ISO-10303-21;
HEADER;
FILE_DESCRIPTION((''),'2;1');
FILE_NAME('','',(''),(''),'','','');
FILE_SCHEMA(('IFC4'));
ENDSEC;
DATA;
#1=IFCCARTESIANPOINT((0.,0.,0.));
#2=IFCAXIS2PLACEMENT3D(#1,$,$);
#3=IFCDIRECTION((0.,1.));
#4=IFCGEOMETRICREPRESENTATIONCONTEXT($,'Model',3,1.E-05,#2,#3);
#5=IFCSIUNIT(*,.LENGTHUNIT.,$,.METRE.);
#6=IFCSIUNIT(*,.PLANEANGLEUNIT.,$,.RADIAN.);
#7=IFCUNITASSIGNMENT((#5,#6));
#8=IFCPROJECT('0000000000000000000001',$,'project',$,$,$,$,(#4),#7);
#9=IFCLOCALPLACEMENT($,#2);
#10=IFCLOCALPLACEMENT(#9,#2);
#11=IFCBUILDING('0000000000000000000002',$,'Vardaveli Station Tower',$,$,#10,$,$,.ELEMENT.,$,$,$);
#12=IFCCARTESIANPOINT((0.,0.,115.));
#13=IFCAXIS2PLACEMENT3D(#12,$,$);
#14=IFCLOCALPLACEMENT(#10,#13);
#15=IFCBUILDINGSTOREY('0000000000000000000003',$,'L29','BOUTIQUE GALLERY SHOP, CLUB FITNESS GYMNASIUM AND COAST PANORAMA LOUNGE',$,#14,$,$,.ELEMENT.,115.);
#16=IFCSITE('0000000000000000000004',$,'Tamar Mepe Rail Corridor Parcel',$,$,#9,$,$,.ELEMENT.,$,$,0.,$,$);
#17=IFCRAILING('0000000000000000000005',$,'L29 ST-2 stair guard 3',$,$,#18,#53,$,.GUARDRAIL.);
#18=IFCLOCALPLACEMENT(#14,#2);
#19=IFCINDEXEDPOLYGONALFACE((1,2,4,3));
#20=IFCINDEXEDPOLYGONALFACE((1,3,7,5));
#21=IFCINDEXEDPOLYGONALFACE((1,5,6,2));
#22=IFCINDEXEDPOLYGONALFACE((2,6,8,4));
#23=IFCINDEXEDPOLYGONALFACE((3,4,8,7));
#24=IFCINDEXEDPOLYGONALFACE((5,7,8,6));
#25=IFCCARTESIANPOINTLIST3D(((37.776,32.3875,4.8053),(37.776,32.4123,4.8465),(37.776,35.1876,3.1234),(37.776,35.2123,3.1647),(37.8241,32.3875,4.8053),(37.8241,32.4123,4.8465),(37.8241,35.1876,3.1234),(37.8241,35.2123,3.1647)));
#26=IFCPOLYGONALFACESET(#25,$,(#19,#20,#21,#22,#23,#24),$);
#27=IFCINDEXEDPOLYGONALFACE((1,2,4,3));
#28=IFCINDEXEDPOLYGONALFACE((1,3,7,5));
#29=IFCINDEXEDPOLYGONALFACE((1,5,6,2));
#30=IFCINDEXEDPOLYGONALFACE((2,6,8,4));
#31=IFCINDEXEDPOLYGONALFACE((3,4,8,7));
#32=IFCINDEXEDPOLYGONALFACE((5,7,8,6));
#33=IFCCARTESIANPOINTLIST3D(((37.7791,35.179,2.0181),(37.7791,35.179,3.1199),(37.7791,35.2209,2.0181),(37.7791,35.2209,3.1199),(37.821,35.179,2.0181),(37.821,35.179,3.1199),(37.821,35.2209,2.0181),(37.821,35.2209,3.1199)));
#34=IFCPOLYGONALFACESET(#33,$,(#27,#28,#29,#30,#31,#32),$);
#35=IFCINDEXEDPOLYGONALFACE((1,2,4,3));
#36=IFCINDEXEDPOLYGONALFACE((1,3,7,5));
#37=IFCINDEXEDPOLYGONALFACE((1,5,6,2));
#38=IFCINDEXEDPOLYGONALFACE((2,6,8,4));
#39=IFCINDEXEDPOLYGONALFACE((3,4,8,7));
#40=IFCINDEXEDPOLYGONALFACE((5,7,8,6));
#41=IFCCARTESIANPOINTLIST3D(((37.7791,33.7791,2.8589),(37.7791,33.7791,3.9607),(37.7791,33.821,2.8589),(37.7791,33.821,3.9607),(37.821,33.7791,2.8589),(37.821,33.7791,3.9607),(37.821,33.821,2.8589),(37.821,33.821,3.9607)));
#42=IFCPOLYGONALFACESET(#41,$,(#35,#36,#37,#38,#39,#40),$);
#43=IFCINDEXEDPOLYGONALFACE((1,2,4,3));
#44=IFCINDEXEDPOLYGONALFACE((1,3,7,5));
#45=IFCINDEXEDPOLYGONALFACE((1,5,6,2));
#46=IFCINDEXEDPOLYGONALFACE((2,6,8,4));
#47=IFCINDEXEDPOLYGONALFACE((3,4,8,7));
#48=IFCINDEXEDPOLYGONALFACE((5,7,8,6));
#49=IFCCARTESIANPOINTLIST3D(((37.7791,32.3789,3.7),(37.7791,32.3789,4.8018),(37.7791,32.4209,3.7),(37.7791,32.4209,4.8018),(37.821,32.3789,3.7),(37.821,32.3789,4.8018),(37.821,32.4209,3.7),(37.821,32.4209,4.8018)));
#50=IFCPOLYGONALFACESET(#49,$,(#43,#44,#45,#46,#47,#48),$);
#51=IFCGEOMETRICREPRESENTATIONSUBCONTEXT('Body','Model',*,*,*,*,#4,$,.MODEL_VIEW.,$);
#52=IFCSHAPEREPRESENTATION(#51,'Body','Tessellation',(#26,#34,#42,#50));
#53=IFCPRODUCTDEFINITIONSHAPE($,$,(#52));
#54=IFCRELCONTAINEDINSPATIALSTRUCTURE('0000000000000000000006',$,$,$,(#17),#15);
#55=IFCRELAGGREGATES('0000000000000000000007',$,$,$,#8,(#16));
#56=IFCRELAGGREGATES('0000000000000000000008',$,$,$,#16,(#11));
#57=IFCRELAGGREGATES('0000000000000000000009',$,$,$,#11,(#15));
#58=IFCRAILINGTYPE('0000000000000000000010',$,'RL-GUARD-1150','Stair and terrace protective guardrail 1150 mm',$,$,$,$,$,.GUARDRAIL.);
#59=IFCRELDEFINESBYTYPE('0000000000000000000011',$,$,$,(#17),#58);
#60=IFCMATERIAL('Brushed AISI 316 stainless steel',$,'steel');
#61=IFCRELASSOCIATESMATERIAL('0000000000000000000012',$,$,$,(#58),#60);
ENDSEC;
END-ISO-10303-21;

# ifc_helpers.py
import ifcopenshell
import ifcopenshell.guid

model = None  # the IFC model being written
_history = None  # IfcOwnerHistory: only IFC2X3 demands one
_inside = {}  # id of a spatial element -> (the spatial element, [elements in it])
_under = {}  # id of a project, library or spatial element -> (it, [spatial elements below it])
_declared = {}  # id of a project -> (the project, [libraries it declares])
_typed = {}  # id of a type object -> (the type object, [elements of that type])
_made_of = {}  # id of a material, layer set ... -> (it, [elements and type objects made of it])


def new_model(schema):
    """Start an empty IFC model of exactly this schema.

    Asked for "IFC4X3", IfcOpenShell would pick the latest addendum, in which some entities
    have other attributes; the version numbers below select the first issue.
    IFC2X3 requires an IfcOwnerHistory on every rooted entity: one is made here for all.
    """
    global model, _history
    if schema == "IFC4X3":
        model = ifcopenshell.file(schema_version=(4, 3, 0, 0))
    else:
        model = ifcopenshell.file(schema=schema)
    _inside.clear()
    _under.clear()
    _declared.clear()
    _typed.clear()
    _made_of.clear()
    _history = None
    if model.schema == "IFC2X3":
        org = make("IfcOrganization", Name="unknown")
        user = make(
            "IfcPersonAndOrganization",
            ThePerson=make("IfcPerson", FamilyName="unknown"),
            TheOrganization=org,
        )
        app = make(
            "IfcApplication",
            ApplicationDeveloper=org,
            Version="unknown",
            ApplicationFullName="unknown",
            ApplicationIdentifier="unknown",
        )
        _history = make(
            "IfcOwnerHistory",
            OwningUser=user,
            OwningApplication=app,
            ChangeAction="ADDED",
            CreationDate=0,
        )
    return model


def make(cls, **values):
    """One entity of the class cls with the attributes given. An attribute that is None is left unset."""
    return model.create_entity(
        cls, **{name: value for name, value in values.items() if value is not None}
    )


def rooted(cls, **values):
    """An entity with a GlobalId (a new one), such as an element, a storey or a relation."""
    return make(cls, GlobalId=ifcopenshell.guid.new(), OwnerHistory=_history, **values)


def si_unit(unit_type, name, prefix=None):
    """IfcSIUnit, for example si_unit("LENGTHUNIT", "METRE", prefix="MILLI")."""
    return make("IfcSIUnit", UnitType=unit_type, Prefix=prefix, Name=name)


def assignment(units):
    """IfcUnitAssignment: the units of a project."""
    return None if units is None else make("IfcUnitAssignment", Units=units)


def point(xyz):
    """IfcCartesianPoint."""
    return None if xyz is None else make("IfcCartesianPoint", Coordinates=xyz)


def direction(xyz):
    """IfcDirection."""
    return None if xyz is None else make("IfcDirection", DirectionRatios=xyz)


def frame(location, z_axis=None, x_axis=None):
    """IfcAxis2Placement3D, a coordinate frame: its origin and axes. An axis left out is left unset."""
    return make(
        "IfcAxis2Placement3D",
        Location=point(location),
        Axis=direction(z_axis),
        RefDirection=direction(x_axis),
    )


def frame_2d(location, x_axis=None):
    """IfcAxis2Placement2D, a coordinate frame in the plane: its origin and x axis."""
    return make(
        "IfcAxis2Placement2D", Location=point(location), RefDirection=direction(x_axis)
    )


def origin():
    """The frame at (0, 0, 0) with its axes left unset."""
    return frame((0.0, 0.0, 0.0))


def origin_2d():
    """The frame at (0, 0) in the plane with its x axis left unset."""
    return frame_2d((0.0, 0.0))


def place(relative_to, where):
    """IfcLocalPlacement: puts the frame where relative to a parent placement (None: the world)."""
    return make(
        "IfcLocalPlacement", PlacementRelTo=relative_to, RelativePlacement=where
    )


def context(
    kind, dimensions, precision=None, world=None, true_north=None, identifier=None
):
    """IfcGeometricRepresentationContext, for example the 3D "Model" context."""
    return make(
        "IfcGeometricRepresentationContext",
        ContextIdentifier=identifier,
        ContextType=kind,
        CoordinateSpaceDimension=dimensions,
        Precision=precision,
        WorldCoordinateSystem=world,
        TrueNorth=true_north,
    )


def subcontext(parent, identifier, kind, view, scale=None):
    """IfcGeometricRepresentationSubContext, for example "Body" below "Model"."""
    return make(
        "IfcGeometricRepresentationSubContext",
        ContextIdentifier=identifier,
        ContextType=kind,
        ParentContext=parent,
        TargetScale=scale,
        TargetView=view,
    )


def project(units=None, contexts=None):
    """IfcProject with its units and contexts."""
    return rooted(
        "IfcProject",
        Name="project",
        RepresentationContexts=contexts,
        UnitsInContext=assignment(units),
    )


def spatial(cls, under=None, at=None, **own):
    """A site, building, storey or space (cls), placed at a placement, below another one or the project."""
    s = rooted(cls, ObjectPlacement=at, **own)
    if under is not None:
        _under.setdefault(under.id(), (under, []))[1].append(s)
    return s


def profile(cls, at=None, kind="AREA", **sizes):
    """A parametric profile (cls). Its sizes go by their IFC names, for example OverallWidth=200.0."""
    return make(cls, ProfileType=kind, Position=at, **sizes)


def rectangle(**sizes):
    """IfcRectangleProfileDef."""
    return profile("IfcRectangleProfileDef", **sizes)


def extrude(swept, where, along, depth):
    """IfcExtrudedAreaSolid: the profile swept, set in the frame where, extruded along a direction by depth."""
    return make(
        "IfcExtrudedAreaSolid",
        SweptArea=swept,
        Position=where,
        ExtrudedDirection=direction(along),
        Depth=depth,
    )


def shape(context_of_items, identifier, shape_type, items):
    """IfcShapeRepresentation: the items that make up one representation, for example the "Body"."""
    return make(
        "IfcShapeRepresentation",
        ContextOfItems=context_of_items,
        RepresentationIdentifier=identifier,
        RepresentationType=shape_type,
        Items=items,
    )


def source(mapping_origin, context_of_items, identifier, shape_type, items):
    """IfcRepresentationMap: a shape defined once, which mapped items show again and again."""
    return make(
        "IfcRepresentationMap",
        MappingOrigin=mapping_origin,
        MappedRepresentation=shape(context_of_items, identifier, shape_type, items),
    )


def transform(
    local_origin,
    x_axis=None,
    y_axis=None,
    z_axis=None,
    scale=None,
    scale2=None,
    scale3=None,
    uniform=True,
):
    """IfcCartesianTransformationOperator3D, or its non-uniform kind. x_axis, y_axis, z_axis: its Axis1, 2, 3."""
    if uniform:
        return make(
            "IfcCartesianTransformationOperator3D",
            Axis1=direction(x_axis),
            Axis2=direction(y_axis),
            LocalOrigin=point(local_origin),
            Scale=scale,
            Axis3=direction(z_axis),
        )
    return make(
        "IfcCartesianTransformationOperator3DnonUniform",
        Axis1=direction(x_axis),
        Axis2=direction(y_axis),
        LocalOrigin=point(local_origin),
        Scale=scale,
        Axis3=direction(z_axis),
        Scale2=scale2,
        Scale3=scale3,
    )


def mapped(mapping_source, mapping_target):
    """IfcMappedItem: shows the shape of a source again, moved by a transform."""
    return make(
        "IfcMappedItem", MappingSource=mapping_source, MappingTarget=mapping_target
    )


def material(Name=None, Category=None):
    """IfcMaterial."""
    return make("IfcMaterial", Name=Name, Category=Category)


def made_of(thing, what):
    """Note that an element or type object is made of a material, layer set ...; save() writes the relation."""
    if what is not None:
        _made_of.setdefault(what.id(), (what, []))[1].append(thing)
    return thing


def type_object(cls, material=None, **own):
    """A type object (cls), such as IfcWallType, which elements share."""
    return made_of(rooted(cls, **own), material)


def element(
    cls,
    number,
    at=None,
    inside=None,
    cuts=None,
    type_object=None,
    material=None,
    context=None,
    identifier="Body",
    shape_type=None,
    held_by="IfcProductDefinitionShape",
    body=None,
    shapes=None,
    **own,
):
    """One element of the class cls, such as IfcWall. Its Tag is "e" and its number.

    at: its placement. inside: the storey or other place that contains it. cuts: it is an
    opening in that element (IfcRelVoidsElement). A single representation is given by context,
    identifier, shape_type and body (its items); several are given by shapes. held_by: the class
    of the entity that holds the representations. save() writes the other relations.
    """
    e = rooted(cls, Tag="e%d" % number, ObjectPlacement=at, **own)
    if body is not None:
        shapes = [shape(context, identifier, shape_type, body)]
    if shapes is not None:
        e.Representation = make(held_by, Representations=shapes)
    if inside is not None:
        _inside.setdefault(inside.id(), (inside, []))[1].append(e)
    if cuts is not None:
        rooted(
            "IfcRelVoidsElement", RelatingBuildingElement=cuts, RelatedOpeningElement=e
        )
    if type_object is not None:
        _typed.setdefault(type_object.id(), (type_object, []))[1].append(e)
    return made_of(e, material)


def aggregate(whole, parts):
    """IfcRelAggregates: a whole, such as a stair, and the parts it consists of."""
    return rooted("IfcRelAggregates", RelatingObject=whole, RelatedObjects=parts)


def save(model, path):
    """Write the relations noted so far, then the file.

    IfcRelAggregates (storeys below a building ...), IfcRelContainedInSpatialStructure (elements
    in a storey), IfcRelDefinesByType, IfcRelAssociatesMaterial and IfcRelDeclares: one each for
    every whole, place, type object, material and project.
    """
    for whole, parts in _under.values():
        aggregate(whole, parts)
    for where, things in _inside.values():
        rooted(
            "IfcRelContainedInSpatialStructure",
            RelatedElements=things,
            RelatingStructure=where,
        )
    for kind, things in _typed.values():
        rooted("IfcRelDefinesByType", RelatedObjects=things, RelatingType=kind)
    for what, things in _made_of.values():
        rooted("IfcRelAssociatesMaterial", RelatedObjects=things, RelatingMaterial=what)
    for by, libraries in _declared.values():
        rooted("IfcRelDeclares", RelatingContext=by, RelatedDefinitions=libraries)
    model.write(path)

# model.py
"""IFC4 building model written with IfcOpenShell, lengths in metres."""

from ifc_helpers import new_model, si_unit, direction, frame, origin, origin_2d, place, context, subcontext, project, spatial, rectangle, extrude, source, transform, mapped, material, type_object, element, save


model = new_model("IFC4")

# Units and contexts
model_context = context("Model", 3, precision=1e-05, world=origin(), true_north=direction((0.0, 1.0)))
body_context = subcontext(model_context, "Body", "Model", "MODEL_VIEW")
ifc_project = project(units=[si_unit("LENGTHUNIT", "METRE"), si_unit("PLANEANGLEUNIT", "RADIAN")], contexts=[model_context])

# Site, building, storey
site_placement = place(None, origin())
site = spatial("IfcSite", under=ifc_project, at=site_placement, Name="Tamar Mepe Rail Corridor Parcel", CompositionType="ELEMENT", RefElevation=0.0)
building_placement = place(site_placement, origin())
building = spatial("IfcBuilding", under=site, at=building_placement, Name="Vardaveli Station Tower", CompositionType="ELEMENT")
storey_placement = place(building_placement, frame((0.0, 0.0, 115.0)))
storey = spatial("IfcBuildingStorey", under=building, at=storey_placement, Name="L29", Description="BOUTIQUE GALLERY SHOP, CLUB FITNESS GYMNASIUM AND COAST PANORAMA LOUNGE", CompositionType="ELEMENT", Elevation=115.0)

# Railing
ifc_material_1 = material(Name="Brushed AISI 316 stainless steel", Category="steel")
railing_type = type_object("IfcRailingType", Name="RL-GUARD-1150", Description="Stair and terrace protective guardrail 1150 mm", PredefinedType="GUARDRAIL", material=ifc_material_1)
shared_shape_1 = source(origin(), body_context, "Body", "SweptSolid", [
    extrude(rectangle(XDim=0.0481, YDim=0.0481, at=origin_2d()), frame((0.0, 0.0, 1.126), z_axis=(0.0, -0.857242, 0.514913), x_axis=(1.0, 0.0, 0.0)), (0.0, 0.0, 1.0), 3.2664),
    extrude(rectangle(XDim=0.042, YDim=0.042, at=origin_2d()), origin(), (0.0, 0.0, 1.0), 1.1018),
    extrude(rectangle(XDim=0.042, YDim=0.042, at=origin_2d()), frame((0.0, -1.3999, 0.8408)), (0.0, 0.0, 1.0), 1.1018),
    extrude(rectangle(XDim=0.042, YDim=0.042, at=origin_2d()), frame((0.0, -2.8, 1.6819)), (0.0, 0.0, 1.0), 1.1018),
])
railing_placement = place(storey_placement, frame((37.8, 35.2, 2.0181)))
element("IfcRailing", 1, at=railing_placement, inside=storey, type_object=railing_type, Name="L29 ST-2 stair guard 3", PredefinedType="GUARDRAIL", context=body_context, shape_type="MappedRepresentation", body=[
    mapped(shared_shape_1, transform((0.0, 0.0, 0.0), scale=1.0)),
])

save(model, "model.ifc")
